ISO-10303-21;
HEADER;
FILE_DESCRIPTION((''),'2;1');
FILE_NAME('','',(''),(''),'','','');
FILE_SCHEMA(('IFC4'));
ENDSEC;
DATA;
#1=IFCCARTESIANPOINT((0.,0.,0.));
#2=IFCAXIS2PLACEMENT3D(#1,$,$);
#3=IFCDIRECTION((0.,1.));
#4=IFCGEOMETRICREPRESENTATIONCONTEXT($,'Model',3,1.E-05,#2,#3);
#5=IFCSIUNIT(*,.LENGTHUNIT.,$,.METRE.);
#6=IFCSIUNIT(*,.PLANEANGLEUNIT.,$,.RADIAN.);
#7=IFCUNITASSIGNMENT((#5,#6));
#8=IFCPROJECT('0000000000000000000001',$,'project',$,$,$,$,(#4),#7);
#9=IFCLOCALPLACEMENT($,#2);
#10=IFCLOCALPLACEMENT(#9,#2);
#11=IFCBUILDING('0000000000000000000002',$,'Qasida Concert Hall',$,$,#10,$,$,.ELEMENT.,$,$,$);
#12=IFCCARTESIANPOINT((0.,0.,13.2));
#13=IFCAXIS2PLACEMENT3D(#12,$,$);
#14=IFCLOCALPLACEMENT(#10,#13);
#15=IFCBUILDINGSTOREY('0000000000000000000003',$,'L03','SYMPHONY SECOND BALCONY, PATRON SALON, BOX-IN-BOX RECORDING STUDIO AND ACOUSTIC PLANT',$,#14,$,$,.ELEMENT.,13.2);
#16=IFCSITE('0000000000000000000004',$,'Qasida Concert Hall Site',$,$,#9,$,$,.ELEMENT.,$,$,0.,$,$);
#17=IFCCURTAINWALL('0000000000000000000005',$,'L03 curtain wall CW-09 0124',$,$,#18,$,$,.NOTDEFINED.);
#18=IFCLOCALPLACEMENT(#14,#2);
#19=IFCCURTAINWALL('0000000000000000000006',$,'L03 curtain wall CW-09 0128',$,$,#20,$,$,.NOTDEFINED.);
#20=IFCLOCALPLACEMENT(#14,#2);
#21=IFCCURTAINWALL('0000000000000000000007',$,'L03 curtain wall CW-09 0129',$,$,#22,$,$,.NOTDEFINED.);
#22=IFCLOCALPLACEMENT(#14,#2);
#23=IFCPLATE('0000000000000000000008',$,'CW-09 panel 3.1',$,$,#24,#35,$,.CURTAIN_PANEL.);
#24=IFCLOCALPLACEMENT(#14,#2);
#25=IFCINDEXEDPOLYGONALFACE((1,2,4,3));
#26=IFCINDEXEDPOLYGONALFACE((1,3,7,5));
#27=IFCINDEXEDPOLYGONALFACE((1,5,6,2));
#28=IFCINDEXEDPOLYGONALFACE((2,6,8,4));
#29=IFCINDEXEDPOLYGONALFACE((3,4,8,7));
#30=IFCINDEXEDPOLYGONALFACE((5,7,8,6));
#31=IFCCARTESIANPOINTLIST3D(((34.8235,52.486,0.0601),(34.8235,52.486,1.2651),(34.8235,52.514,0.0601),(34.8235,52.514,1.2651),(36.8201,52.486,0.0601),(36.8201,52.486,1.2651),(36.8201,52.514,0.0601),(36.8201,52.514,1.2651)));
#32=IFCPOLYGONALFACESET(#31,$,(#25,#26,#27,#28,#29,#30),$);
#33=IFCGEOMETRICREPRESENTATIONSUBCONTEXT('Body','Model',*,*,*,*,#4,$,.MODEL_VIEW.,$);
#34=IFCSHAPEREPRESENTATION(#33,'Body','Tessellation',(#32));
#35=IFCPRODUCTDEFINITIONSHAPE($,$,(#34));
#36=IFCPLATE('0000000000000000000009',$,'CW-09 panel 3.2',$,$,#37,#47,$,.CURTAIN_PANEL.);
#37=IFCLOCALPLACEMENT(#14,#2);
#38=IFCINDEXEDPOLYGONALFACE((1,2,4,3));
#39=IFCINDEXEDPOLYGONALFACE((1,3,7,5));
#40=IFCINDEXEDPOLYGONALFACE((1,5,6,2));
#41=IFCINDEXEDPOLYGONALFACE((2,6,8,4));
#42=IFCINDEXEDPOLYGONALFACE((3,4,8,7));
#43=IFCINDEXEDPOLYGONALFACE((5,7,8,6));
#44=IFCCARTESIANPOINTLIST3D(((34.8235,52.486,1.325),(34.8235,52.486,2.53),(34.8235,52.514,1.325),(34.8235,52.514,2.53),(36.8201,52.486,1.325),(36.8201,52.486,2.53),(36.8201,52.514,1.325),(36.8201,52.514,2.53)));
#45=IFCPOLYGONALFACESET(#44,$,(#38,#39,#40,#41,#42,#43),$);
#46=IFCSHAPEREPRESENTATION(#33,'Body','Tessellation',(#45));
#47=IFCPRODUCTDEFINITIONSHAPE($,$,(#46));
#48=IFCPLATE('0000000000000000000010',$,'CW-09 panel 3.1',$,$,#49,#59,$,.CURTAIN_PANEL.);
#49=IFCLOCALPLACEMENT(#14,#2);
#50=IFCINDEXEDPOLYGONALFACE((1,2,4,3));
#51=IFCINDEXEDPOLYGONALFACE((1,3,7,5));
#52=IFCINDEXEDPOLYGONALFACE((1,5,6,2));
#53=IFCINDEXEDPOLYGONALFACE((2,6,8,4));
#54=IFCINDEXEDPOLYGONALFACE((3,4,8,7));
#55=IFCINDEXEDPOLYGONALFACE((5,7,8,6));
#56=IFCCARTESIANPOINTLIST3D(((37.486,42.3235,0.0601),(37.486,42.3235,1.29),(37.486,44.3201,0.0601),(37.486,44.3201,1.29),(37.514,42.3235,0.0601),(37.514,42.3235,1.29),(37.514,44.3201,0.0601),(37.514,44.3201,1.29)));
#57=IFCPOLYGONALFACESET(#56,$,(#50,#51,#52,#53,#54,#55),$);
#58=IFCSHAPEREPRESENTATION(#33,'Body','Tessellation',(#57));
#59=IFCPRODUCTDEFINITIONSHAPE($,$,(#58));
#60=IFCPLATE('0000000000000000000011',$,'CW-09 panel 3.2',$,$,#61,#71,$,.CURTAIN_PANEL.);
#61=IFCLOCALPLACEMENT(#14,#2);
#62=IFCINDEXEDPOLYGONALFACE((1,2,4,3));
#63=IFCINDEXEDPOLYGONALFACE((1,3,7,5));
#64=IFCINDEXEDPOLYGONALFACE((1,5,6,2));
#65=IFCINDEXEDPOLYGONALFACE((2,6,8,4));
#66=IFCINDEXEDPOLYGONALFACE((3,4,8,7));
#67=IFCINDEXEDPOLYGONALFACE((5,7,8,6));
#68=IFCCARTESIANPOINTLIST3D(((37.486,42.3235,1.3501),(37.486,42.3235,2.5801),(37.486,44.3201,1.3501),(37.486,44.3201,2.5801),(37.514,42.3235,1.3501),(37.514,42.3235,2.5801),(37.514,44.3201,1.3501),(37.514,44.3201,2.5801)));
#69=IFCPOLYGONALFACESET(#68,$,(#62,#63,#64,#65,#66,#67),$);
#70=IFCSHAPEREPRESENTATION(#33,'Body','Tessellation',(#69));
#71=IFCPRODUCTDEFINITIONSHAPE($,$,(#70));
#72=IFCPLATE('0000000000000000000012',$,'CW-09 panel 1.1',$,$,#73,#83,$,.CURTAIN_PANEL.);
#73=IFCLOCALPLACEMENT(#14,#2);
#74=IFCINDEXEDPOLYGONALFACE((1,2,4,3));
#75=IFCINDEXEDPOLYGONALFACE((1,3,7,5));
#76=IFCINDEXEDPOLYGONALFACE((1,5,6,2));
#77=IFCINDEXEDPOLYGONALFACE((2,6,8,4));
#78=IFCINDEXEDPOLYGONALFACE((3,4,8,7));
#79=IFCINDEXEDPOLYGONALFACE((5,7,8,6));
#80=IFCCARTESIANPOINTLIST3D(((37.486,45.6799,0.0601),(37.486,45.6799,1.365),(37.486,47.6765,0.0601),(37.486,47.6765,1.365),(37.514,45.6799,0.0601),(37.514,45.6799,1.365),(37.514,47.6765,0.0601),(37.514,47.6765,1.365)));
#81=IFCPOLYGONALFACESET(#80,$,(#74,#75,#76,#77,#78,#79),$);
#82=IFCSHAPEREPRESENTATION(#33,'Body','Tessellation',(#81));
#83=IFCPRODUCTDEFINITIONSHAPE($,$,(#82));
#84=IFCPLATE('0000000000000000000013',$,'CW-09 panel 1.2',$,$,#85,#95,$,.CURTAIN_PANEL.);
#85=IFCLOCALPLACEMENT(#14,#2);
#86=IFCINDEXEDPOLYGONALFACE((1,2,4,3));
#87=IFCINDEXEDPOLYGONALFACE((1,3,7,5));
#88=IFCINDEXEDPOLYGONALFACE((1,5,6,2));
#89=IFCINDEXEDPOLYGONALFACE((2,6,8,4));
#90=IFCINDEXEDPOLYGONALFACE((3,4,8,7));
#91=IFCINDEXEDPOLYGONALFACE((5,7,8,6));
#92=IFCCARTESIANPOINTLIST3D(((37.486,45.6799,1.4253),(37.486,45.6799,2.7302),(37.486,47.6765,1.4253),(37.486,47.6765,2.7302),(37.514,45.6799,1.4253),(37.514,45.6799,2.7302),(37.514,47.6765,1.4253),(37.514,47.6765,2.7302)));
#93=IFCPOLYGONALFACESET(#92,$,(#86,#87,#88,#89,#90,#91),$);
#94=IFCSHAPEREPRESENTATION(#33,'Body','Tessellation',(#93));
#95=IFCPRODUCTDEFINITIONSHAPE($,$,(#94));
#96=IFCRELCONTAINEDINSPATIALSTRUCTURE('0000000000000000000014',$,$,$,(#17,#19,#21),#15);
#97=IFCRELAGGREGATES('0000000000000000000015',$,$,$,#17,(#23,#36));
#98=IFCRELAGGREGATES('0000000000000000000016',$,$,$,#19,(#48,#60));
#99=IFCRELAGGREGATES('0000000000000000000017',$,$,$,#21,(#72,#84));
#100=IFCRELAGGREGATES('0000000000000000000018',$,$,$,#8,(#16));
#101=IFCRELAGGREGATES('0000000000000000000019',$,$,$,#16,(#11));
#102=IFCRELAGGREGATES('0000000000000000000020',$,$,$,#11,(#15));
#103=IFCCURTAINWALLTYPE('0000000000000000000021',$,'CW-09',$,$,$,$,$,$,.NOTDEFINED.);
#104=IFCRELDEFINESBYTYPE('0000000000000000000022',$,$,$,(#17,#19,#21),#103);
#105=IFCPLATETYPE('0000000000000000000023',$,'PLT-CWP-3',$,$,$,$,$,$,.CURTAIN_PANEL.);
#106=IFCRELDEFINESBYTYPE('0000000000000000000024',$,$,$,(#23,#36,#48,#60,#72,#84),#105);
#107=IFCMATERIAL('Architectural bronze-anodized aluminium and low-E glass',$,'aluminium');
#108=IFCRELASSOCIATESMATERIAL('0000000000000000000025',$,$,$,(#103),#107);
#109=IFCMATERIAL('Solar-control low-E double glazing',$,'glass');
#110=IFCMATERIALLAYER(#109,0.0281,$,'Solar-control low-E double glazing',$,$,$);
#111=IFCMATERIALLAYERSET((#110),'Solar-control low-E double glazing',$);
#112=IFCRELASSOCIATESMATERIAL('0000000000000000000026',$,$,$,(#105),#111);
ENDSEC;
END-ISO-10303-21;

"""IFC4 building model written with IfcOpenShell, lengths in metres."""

from ifc_helpers import new_model, si_unit, direction, frame, origin, origin_2d, place, context, subcontext, project, spatial, rectangle, extrude, material, layer, layer_set, type_object, element, aggregate, save


model = new_model("IFC4")

# Units and contexts
model_context = context("Model", 3, precision=1e-05, world=origin(), true_north=direction((0.0, 1.0)))
body_context = subcontext(model_context, "Body", "Model", "MODEL_VIEW")
ifc_project = project(units=[si_unit("LENGTHUNIT", "METRE"), si_unit("PLANEANGLEUNIT", "RADIAN")], contexts=[model_context])

# Site, building, storey
site_placement = place(None, origin())
site = spatial("IfcSite", under=ifc_project, at=site_placement, Name="Qasida Concert Hall Site", CompositionType="ELEMENT", RefElevation=0.0)
building_placement = place(site_placement, origin())
building = spatial("IfcBuilding", under=site, at=building_placement, Name="Qasida Concert Hall", CompositionType="ELEMENT")
storey_placement = place(building_placement, frame((0.0, 0.0, 13.2)))
storey = spatial("IfcBuildingStorey", under=building, at=storey_placement, Name="L03", Description="SYMPHONY SECOND BALCONY, PATRON SALON, BOX-IN-BOX RECORDING STUDIO AND ACOUSTIC PLANT", CompositionType="ELEMENT", Elevation=13.2)

# Curtain wall
ifc_material_1 = material(Name="Architectural bronze-anodized aluminium and low-E glass", Category="aluminium")
curtain_wall_type = type_object("IfcCurtainWallType", Name="CW-09", PredefinedType="NOTDEFINED", material=ifc_material_1)
curtain_wall_1_placement = place(storey_placement, origin())
curtain_wall_1 = element("IfcCurtainWall", 1, at=curtain_wall_1_placement, inside=storey, type_object=curtain_wall_type, Name="L03 curtain wall CW-09 0124", PredefinedType="NOTDEFINED")

# Curtain wall
curtain_wall_2_placement = place(storey_placement, origin())
curtain_wall_2 = element("IfcCurtainWall", 2, at=curtain_wall_2_placement, inside=storey, type_object=curtain_wall_type, Name="L03 curtain wall CW-09 0128", PredefinedType="NOTDEFINED")

# Curtain wall
curtain_wall_3_placement = place(storey_placement, origin())
curtain_wall_3 = element("IfcCurtainWall", 3, at=curtain_wall_3_placement, inside=storey, type_object=curtain_wall_type, Name="L03 curtain wall CW-09 0129", PredefinedType="NOTDEFINED")

# Plates
ifc_material_2 = material(Name="Solar-control low-E double glazing", Category="glass")
ifc_layer = layer(ifc_material_2, 0.0281, Name="Solar-control low-E double glazing")
ifc_layer_set = layer_set([ifc_layer], Name="Solar-control low-E double glazing")
plate_type = type_object("IfcPlateType", Name="PLT-CWP-3", PredefinedType="CURTAIN_PANEL", material=ifc_layer_set)
plate_1_placement = place(storey_placement, frame((35.8218, 52.5, 0.0601), z_axis=(0.0, 0.0, 1.0), x_axis=(1.0, 0.0, 0.0)))
plate_1 = element("IfcPlate", 4, at=plate_1_placement, type_object=plate_type, Name="CW-09 panel 3.1", PredefinedType="CURTAIN_PANEL", context=body_context, shape_type="SweptSolid", body=[
    extrude(rectangle(XDim=1.9966, YDim=0.0281, at=origin_2d()), origin(), (0.0, 0.0, 1.0), 1.2051),
])
plate_2_placement = place(storey_placement, frame((35.8218, 52.5, 1.325), z_axis=(0.0, 0.0, 1.0), x_axis=(1.0, 0.0, 0.0)))
plate_2 = element("IfcPlate", 5, at=plate_2_placement, type_object=plate_type, Name="CW-09 panel 3.2", PredefinedType="CURTAIN_PANEL", context=body_context, shape_type="SweptSolid", body=[
    extrude(rectangle(XDim=1.9966, YDim=0.0281, at=origin_2d()), origin(), (0.0, 0.0, 1.0), 1.2051),
])
aggregate(curtain_wall_1, [plate_1, plate_2])
plate_3_placement = place(storey_placement, frame((37.5, 43.3218, 0.0601), z_axis=(0.0, 0.0, 1.0), x_axis=(0.0, 1.0, 0.0)))
plate_3 = element("IfcPlate", 6, at=plate_3_placement, type_object=plate_type, Name="CW-09 panel 3.1", PredefinedType="CURTAIN_PANEL", context=body_context, shape_type="SweptSolid", body=[
    extrude(rectangle(XDim=1.9966, YDim=0.0281, at=origin_2d()), origin(), (0.0, 0.0, 1.0), 1.23),
])
plate_4_placement = place(storey_placement, frame((37.5, 43.3218, 1.3501), z_axis=(0.0, 0.0, 1.0), x_axis=(0.0, 1.0, 0.0)))
plate_4 = element("IfcPlate", 7, at=plate_4_placement, type_object=plate_type, Name="CW-09 panel 3.2", PredefinedType="CURTAIN_PANEL", context=body_context, shape_type="SweptSolid", body=[
    extrude(rectangle(XDim=1.9966, YDim=0.0281, at=origin_2d()), origin(), (0.0, 0.0, 1.0), 1.23),
])
aggregate(curtain_wall_2, [plate_3, plate_4])
plate_5_placement = place(storey_placement, frame((37.5, 46.6782, 0.0601), z_axis=(0.0, 0.0, 1.0), x_axis=(0.0, 1.0, 0.0)))
plate_5 = element("IfcPlate", 8, at=plate_5_placement, type_object=plate_type, Name="CW-09 panel 1.1", PredefinedType="CURTAIN_PANEL", context=body_context, shape_type="SweptSolid", body=[
    extrude(rectangle(XDim=1.9966, YDim=0.0281, at=origin_2d()), origin(), (0.0, 0.0, 1.0), 1.3049),
])
plate_6_placement = place(storey_placement, frame((37.5, 46.6782, 1.4253), z_axis=(0.0, 0.0, 1.0), x_axis=(0.0, 1.0, 0.0)))
plate_6 = element("IfcPlate", 9, at=plate_6_placement, type_object=plate_type, Name="CW-09 panel 1.2", PredefinedType="CURTAIN_PANEL", context=body_context, shape_type="SweptSolid", body=[
    extrude(rectangle(XDim=1.9966, YDim=0.0281, at=origin_2d()), origin(), (0.0, 0.0, 1.0), 1.3049),
])
aggregate(curtain_wall_3, [plate_5, plate_6])

save(model, "model.ifc")
